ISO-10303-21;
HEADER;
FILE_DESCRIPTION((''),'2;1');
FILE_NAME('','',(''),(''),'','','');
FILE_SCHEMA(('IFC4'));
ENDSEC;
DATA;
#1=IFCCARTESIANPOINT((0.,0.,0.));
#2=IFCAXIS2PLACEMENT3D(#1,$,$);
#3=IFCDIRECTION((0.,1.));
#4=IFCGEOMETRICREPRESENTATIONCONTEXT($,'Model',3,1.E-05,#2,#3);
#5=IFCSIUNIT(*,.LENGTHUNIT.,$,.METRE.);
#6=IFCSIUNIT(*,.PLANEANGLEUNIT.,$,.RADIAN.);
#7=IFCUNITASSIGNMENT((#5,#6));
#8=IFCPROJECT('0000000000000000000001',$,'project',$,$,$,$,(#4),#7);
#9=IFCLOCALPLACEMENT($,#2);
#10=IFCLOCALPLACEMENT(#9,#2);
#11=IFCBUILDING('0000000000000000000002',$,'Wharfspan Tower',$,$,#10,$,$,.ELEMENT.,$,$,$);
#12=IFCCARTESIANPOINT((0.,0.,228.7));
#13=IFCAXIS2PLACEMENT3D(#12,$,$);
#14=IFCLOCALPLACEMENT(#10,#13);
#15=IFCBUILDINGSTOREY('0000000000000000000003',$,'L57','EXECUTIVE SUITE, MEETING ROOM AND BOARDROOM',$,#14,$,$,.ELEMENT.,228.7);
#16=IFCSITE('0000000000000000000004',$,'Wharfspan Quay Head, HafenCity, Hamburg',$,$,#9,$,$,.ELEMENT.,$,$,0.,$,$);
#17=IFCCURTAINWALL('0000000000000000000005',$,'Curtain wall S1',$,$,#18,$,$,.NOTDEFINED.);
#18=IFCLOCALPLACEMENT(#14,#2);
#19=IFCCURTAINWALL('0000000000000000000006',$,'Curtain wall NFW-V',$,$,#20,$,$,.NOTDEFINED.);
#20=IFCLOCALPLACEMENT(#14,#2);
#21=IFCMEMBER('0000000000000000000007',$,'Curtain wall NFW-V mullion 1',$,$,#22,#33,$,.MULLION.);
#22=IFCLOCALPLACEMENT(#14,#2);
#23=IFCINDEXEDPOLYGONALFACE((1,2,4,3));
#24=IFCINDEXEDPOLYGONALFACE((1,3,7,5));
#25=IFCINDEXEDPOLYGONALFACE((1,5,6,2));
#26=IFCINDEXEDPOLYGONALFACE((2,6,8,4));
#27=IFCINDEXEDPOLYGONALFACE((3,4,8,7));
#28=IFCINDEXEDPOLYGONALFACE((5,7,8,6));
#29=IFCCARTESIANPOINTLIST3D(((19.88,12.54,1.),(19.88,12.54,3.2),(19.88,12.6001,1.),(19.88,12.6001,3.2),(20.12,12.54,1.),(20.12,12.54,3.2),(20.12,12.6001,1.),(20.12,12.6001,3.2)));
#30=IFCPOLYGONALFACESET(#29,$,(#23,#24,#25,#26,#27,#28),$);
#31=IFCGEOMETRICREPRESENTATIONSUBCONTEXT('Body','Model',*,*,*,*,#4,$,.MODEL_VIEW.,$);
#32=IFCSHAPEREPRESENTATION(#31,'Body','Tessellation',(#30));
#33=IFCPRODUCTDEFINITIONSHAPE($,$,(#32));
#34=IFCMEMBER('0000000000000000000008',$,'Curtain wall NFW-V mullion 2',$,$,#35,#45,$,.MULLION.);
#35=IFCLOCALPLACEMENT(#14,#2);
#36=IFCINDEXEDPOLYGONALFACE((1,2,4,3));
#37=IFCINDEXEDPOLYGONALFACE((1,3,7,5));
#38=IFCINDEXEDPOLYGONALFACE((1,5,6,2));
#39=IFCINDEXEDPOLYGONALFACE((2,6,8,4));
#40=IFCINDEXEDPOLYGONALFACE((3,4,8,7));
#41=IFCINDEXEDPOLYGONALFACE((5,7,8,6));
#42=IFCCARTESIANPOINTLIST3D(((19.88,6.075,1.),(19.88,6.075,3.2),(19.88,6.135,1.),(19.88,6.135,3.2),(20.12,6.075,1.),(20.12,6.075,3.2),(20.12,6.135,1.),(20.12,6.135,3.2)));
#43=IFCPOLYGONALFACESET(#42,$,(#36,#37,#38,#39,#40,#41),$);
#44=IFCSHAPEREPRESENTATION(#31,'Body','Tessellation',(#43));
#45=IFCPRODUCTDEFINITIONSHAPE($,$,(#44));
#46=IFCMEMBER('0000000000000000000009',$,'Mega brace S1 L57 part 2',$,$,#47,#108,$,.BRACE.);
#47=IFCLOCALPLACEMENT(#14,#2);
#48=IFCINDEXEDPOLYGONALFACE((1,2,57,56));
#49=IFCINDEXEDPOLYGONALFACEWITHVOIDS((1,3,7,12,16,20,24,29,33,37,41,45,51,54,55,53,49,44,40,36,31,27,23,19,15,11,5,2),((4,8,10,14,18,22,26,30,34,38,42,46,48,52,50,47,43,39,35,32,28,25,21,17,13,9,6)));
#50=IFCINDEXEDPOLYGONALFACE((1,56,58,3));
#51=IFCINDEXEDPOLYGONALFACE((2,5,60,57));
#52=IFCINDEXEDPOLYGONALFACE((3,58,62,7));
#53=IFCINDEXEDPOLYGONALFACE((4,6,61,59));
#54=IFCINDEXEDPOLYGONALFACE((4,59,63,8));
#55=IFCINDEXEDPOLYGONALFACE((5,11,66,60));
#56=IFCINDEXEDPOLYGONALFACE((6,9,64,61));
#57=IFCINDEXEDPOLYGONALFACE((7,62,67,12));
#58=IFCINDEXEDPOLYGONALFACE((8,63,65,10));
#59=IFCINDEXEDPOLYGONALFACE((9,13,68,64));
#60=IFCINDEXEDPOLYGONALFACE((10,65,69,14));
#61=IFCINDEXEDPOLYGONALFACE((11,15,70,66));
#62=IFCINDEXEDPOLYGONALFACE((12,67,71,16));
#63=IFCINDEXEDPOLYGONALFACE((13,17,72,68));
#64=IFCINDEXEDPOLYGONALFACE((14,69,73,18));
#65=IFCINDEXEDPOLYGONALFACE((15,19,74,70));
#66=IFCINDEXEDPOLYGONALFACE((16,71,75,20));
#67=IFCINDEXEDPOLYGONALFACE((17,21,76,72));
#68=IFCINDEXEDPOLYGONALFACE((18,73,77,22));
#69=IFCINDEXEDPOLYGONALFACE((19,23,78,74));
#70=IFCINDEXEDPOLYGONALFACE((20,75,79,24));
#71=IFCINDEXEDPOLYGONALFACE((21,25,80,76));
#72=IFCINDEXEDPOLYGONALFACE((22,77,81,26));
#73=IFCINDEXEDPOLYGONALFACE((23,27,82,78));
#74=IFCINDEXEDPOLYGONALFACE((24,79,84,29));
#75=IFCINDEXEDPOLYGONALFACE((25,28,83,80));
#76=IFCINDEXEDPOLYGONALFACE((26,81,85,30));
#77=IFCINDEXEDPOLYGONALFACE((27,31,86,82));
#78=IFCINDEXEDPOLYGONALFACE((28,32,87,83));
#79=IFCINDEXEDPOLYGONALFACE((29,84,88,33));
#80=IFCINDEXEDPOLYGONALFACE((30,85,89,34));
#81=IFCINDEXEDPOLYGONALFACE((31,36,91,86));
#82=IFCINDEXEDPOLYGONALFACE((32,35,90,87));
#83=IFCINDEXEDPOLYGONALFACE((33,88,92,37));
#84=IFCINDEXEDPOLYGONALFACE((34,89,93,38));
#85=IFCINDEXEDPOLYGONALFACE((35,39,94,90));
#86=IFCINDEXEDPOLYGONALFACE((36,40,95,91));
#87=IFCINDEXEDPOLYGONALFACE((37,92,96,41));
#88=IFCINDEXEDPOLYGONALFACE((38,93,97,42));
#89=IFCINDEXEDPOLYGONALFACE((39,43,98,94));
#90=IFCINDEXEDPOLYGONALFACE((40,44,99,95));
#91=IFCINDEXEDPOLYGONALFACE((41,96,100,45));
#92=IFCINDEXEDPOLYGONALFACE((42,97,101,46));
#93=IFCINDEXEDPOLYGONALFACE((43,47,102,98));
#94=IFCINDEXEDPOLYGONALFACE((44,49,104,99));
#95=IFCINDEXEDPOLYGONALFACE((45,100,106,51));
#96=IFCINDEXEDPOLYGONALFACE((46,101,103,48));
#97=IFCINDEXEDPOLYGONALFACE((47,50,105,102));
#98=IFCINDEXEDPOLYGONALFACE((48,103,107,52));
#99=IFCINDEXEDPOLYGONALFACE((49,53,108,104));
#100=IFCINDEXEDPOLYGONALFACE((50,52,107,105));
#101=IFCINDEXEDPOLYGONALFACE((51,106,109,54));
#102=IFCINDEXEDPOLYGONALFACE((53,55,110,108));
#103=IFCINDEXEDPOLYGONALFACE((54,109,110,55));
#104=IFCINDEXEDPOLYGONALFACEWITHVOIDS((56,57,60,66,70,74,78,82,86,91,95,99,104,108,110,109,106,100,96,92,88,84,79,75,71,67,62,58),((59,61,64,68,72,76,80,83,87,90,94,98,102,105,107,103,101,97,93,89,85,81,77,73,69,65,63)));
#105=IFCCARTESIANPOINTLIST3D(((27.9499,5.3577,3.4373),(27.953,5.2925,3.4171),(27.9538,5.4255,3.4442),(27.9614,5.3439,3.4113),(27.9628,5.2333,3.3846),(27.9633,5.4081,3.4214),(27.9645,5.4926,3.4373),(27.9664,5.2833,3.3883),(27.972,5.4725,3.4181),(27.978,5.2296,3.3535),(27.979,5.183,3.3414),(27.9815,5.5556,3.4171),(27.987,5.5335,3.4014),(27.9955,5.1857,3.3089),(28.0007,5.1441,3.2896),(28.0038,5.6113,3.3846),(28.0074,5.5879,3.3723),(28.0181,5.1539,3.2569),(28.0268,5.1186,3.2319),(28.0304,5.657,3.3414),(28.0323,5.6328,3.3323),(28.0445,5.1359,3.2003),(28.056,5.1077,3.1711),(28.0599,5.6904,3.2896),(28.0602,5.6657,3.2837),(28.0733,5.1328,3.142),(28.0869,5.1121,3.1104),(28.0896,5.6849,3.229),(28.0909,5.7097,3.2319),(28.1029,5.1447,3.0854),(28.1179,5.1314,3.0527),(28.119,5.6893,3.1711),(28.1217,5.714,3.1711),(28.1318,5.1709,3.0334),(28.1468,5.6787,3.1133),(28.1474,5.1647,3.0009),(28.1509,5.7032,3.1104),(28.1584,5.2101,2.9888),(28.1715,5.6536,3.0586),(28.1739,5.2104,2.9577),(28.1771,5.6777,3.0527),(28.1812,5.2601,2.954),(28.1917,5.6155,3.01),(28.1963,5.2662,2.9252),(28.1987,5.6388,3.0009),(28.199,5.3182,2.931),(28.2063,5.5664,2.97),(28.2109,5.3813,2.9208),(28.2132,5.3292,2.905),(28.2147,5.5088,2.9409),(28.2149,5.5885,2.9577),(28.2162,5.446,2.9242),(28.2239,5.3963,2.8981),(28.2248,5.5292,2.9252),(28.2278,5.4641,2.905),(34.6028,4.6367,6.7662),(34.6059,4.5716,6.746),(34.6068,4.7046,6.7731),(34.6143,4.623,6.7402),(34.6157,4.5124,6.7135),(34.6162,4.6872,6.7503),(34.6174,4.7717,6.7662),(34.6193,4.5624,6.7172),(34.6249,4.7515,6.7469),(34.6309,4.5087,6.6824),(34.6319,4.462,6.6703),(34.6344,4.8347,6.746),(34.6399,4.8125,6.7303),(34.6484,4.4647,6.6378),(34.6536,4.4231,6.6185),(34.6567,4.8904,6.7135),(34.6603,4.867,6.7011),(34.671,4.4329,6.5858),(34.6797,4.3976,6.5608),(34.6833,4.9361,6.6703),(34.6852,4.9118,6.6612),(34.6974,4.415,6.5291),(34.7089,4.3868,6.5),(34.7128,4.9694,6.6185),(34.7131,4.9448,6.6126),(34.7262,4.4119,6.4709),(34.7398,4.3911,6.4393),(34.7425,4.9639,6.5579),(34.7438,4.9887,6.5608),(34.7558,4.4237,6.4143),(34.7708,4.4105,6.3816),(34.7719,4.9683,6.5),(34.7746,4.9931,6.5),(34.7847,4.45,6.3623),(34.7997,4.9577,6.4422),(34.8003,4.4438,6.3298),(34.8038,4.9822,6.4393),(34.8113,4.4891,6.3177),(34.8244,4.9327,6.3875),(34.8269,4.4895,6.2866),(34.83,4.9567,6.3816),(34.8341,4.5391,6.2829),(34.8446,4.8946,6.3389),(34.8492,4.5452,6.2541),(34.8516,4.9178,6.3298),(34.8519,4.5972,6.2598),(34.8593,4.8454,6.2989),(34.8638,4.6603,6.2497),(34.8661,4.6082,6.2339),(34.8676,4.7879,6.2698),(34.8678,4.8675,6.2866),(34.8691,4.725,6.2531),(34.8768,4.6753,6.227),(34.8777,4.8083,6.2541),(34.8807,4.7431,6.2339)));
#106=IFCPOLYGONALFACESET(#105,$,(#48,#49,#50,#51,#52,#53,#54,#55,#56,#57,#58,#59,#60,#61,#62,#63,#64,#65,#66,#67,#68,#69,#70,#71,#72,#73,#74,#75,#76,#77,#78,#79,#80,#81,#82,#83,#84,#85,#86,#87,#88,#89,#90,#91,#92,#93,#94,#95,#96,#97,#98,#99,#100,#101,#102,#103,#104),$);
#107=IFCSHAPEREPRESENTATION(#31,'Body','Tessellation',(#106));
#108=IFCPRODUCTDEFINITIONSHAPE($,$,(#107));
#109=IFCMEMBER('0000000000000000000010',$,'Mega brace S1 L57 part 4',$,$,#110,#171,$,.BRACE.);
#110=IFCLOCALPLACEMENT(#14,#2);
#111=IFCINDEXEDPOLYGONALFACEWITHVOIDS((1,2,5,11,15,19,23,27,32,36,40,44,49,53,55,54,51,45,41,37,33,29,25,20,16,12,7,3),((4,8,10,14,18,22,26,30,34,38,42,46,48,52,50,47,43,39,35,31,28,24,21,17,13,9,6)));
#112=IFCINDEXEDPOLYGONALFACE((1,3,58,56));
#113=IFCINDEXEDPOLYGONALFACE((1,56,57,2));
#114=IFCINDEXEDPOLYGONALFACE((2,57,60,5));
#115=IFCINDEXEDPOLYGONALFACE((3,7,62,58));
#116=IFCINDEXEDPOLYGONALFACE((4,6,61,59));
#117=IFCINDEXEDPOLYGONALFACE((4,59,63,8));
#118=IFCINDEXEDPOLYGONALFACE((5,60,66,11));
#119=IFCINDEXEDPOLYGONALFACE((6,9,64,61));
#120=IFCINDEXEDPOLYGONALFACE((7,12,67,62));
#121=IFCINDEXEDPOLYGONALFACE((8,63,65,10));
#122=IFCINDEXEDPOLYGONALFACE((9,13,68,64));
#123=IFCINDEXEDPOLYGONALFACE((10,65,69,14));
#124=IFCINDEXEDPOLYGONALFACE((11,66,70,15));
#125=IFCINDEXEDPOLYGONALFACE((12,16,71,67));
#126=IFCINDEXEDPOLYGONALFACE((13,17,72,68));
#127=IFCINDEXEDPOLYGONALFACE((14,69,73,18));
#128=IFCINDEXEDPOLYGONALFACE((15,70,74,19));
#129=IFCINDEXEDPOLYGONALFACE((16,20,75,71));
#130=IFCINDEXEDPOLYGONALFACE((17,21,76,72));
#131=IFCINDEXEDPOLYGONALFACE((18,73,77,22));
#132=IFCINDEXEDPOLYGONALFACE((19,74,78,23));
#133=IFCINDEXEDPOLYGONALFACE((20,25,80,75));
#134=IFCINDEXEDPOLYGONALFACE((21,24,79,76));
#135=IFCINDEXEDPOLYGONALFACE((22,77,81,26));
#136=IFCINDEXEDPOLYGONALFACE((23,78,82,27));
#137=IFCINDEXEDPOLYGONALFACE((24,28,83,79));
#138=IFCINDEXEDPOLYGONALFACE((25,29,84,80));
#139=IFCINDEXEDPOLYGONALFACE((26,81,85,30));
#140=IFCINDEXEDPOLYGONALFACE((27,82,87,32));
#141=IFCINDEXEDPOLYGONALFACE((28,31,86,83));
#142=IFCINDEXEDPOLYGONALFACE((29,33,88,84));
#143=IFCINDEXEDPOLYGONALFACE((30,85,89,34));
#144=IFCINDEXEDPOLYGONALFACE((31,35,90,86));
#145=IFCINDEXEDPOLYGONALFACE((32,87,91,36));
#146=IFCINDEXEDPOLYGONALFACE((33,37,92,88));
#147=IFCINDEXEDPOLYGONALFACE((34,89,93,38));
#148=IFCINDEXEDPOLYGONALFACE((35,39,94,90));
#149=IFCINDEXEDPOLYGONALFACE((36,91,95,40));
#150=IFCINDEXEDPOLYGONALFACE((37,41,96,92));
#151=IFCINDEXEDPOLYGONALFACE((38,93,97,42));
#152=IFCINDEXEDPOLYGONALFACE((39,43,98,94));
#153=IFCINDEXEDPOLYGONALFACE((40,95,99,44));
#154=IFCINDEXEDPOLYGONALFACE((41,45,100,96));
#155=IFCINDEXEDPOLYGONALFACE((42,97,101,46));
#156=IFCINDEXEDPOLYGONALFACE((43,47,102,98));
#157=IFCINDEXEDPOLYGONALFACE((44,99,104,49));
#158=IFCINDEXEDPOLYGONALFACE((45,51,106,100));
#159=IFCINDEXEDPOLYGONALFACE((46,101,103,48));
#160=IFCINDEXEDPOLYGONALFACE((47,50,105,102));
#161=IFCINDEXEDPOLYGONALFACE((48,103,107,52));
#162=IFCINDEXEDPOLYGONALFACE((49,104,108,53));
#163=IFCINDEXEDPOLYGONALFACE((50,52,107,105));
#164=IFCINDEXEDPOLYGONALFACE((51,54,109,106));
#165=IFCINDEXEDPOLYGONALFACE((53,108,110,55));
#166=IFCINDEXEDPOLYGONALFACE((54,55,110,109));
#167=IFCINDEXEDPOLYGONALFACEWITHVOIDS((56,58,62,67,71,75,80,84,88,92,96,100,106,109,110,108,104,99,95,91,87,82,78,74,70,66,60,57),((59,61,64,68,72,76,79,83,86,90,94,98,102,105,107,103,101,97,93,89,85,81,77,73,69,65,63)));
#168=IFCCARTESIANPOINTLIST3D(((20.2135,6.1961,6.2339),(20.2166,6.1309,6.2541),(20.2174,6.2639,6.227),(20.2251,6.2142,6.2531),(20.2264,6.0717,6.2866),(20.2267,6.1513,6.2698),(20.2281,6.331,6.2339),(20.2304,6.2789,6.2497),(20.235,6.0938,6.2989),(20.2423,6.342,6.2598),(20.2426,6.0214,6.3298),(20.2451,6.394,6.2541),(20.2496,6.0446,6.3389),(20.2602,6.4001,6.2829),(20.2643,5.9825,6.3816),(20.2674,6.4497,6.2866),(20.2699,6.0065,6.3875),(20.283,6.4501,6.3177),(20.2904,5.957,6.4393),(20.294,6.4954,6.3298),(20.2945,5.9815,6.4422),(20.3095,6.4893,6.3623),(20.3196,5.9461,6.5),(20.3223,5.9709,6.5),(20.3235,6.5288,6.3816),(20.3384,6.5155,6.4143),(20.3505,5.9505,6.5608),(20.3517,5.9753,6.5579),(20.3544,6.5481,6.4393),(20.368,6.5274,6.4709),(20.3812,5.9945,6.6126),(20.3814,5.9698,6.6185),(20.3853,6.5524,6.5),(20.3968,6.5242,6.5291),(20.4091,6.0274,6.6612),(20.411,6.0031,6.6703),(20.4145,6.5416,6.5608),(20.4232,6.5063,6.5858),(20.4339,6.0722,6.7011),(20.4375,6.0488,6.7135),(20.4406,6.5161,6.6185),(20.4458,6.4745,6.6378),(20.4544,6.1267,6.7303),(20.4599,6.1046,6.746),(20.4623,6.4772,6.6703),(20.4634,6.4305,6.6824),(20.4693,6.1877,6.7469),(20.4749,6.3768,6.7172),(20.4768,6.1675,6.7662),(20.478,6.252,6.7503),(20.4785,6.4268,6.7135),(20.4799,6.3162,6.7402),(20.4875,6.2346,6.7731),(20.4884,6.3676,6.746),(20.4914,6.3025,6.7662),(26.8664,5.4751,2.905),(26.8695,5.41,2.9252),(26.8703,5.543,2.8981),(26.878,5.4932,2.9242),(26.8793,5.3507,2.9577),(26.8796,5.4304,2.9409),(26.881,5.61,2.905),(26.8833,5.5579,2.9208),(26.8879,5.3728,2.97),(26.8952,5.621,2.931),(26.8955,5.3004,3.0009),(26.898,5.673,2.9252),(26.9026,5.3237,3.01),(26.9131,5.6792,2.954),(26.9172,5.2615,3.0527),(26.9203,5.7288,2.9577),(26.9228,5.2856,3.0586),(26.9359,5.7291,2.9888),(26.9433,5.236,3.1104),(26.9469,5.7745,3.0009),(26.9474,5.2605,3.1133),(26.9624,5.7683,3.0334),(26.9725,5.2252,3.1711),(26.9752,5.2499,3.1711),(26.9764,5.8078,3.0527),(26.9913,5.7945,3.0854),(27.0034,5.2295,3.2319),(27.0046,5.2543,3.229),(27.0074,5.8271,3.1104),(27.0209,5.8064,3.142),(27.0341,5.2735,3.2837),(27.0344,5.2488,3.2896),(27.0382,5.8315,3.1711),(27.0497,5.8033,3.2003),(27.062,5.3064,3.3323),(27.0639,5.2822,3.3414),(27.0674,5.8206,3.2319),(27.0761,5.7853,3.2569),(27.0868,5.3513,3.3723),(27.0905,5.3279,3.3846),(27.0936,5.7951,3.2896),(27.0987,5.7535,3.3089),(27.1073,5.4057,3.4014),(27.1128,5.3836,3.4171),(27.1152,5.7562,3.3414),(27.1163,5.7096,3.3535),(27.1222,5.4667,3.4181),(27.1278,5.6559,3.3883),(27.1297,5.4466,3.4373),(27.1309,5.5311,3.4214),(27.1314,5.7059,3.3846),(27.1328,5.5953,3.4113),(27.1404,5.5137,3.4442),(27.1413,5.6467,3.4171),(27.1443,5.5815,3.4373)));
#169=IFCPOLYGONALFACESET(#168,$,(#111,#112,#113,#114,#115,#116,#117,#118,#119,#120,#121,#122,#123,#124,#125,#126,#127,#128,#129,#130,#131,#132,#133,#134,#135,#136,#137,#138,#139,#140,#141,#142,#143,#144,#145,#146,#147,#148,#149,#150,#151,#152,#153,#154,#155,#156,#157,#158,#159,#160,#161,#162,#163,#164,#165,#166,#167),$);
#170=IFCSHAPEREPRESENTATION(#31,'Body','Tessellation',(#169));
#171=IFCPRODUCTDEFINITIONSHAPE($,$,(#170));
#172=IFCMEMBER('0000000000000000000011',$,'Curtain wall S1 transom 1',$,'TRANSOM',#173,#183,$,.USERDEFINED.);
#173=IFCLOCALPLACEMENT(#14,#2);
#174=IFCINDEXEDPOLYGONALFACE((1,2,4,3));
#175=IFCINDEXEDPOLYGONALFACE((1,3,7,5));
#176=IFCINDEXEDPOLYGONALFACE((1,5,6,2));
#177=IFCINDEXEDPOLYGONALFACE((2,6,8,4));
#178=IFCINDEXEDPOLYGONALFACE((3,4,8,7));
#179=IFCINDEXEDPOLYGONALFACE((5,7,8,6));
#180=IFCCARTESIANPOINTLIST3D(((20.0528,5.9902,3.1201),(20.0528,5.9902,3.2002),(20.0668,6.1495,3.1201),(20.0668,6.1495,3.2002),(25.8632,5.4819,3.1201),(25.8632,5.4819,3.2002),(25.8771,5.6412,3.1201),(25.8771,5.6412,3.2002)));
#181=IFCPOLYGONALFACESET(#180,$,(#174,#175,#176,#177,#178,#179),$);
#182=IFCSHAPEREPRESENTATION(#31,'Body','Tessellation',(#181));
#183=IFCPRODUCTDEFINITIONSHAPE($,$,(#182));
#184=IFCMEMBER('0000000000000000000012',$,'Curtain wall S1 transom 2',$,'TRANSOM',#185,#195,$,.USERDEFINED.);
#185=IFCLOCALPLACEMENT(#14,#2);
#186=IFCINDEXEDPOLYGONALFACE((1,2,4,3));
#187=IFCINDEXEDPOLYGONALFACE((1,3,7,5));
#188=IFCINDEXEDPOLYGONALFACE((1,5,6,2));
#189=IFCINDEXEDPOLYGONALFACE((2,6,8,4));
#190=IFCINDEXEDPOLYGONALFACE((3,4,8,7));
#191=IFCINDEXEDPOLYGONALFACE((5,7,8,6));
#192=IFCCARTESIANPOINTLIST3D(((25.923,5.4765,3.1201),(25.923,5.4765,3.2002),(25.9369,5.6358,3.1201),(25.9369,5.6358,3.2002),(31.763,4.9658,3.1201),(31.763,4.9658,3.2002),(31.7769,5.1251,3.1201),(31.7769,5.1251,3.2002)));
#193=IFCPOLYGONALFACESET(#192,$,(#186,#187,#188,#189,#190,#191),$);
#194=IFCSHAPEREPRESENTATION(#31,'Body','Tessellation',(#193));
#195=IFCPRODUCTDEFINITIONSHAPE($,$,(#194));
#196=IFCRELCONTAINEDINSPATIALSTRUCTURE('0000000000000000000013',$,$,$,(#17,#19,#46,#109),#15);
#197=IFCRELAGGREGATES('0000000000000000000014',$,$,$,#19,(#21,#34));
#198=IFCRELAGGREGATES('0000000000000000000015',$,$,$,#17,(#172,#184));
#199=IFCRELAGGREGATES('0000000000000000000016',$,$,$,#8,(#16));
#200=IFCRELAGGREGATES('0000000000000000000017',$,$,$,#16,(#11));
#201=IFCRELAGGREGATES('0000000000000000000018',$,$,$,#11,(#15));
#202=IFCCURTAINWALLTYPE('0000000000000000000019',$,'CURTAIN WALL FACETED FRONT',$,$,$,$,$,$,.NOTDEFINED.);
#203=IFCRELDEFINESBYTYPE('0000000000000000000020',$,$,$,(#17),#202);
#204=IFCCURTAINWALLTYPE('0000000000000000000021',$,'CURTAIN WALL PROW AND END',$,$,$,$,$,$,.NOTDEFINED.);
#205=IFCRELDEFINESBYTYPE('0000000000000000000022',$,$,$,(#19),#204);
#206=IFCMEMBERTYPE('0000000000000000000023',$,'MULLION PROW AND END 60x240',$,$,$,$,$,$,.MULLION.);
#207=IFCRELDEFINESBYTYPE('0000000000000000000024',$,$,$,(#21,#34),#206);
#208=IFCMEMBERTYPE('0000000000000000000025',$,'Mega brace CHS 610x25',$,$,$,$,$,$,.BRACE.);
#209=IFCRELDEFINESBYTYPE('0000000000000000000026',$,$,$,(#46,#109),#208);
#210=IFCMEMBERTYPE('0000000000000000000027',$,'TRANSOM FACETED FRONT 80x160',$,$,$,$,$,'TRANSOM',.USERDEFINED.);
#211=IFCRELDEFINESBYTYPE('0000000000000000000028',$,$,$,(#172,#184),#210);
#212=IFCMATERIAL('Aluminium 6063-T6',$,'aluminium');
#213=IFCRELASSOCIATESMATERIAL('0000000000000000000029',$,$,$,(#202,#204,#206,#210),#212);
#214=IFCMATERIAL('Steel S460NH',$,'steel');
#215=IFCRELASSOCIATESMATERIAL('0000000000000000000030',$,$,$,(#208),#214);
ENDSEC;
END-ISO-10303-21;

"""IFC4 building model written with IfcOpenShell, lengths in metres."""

from ifc_helpers import new_model, si_unit, direction, frame, origin, origin_2d, place, context, subcontext, project, spatial, rectangle, hollow_circle, extrude, material, material_profile, profile_set, type_object, element, aggregate, save


model = new_model("IFC4")

# Units and contexts
model_context = context("Model", 3, precision=1e-05, world=origin(), true_north=direction((0.0, 1.0)))
body_context = subcontext(model_context, "Body", "Model", "MODEL_VIEW")
ifc_project = project(units=[si_unit("LENGTHUNIT", "METRE"), si_unit("PLANEANGLEUNIT", "RADIAN")], contexts=[model_context])

# Site, building, storey
site_placement = place(None, origin())
site = spatial("IfcSite", under=ifc_project, at=site_placement, Name="Wharfspan Quay Head, HafenCity, Hamburg", CompositionType="ELEMENT", RefElevation=0.0)
building_placement = place(site_placement, origin())
building = spatial("IfcBuilding", under=site, at=building_placement, Name="Wharfspan Tower", CompositionType="ELEMENT")
storey_placement = place(building_placement, frame((0.0, 0.0, 228.7)))
storey = spatial("IfcBuildingStorey", under=building, at=storey_placement, Name="L57", Description="EXECUTIVE SUITE, MEETING ROOM AND BOARDROOM", CompositionType="ELEMENT", Elevation=228.7)

# Curtain walls, members
ifc_material_1 = material(Name="Aluminium 6063-T6", Category="aluminium")
curtain_wall_type_1 = type_object("IfcCurtainWallType", Name="CURTAIN WALL FACETED FRONT", PredefinedType="NOTDEFINED", material=ifc_material_1)
curtain_wall_1_placement = place(storey_placement, origin())
curtain_wall_1 = element("IfcCurtainWall", 1, at=curtain_wall_1_placement, inside=storey, type_object=curtain_wall_type_1, Name="Curtain wall S1", PredefinedType="NOTDEFINED")
curtain_wall_type_2 = type_object("IfcCurtainWallType", Name="CURTAIN WALL PROW AND END", PredefinedType="NOTDEFINED", material=ifc_material_1)
curtain_wall_2_placement = place(storey_placement, origin())
curtain_wall_2 = element("IfcCurtainWall", 2, at=curtain_wall_2_placement, inside=storey, type_object=curtain_wall_type_2, Name="Curtain wall NFW-V", PredefinedType="NOTDEFINED")
ifc_material_profile_1 = material_profile(ifc_material_1, rectangle(XDim=0.24, YDim=0.0601, at=origin_2d()))
ifc_profile_set_1 = profile_set([ifc_material_profile_1], Name="Aluminium 6063-T6")
member_type_1 = type_object("IfcMemberType", Name="MULLION PROW AND END 60x240", PredefinedType="MULLION", material=ifc_profile_set_1)
member_1_placement = place(storey_placement, frame((20.0, 12.5701, 1.0), z_axis=(0.0, 0.0, 1.0), x_axis=(1.0, 0.0, 0.0)))
member_1 = element("IfcMember", 3, at=member_1_placement, type_object=member_type_1, Name="Curtain wall NFW-V mullion 1", PredefinedType="MULLION", context=body_context, shape_type="SweptSolid", body=[
    extrude(rectangle(XDim=0.24, YDim=0.0601, at=origin_2d()), origin(), (0.0, 0.0, 1.0), 2.2),
])
member_2_placement = place(storey_placement, frame((20.0, 6.105, 1.0), z_axis=(0.0, 0.0, 1.0), x_axis=(1.0, 0.0, 0.0)))
member_2 = element("IfcMember", 4, at=member_2_placement, type_object=member_type_1, Name="Curtain wall NFW-V mullion 2", PredefinedType="MULLION", context=body_context, shape_type="SweptSolid", body=[
    extrude(rectangle(XDim=0.24, YDim=0.0601, at=origin_2d()), origin(), (0.0, 0.0, 1.0), 2.2),
])

# Members
ifc_material_2 = material(Name="Steel S460NH", Category="steel")
ifc_material_profile_2 = material_profile(ifc_material_2, hollow_circle(Radius=0.3049, WallThickness=0.0249, at=origin_2d()))
ifc_profile_set_2 = profile_set([ifc_material_profile_2], Name="Steel S460NH")
member_type_2 = type_object("IfcMemberType", Name="Mega brace CHS 610x25", PredefinedType="BRACE", material=ifc_profile_set_2)
for number, where, z_axis, x_axis, name in (
    (5, (28.0889, 5.4109, 3.1711), (0.890126, -0.09646, 0.445389), (0.107737, 0.99418, -0.000002), "Mega brace S1 L57 part 2"),
    (6, (27.0054, 5.5283, 3.1711), (-0.890126, 0.09646, 0.445389), (-0.107737, -0.99418, -0.000002), "Mega brace S1 L57 part 4"),
):
    element("IfcMember", number, at=place(storey_placement, frame(where, z_axis=z_axis, x_axis=x_axis)), inside=storey, type_object=member_type_2, Name=name, PredefinedType="BRACE", context=body_context, shape_type="SweptSolid", body=[
        extrude(hollow_circle(Radius=0.3049, WallThickness=0.0249, at=origin_2d()), origin(), (0.0, 0.0, 1.0), 7.4741),
    ])

# Members
ifc_material_profile_3 = material_profile(ifc_material_1, rectangle(XDim=0.1599, YDim=0.0801, at=origin_2d()))
ifc_profile_set_3 = profile_set([ifc_material_profile_3], Name="Aluminium 6063-T6")
member_type_3 = type_object("IfcMemberType", Name="TRANSOM FACETED FRONT 80x160", ElementType="TRANSOM", PredefinedType="USERDEFINED", material=ifc_profile_set_3)
member_3_placement = place(storey_placement, frame((20.0598, 6.0698, 3.1602), z_axis=(0.996195, -0.08715, 0.0), x_axis=(0.08715, 0.996195, 0.0)))
member_3 = element("IfcMember", 7, at=member_3_placement, type_object=member_type_3, Name="Curtain wall S1 transom 1", ObjectType="TRANSOM", PredefinedType="USERDEFINED", context=body_context, shape_type="SweptSolid", body=[
    extrude(rectangle(XDim=0.1599, YDim=0.0801, at=origin_2d()), origin(), (0.0, 0.0, 1.0), 5.8325),
])
member_4_placement = place(storey_placement, frame((25.9299, 5.5562, 3.1602), z_axis=(0.996198, -0.087122, 0.0), x_axis=(0.087122, 0.996198, 0.0)))
member_4 = element("IfcMember", 8, at=member_4_placement, type_object=member_type_3, Name="Curtain wall S1 transom 2", ObjectType="TRANSOM", PredefinedType="USERDEFINED", context=body_context, shape_type="SweptSolid", body=[
    extrude(rectangle(XDim=0.1599, YDim=0.0801, at=origin_2d()), origin(), (0.0, 0.0, 1.0), 5.8623),
])

aggregate(curtain_wall_2, [member_1, member_2])
aggregate(curtain_wall_1, [member_3, member_4])

save(model, "model.ifc")
